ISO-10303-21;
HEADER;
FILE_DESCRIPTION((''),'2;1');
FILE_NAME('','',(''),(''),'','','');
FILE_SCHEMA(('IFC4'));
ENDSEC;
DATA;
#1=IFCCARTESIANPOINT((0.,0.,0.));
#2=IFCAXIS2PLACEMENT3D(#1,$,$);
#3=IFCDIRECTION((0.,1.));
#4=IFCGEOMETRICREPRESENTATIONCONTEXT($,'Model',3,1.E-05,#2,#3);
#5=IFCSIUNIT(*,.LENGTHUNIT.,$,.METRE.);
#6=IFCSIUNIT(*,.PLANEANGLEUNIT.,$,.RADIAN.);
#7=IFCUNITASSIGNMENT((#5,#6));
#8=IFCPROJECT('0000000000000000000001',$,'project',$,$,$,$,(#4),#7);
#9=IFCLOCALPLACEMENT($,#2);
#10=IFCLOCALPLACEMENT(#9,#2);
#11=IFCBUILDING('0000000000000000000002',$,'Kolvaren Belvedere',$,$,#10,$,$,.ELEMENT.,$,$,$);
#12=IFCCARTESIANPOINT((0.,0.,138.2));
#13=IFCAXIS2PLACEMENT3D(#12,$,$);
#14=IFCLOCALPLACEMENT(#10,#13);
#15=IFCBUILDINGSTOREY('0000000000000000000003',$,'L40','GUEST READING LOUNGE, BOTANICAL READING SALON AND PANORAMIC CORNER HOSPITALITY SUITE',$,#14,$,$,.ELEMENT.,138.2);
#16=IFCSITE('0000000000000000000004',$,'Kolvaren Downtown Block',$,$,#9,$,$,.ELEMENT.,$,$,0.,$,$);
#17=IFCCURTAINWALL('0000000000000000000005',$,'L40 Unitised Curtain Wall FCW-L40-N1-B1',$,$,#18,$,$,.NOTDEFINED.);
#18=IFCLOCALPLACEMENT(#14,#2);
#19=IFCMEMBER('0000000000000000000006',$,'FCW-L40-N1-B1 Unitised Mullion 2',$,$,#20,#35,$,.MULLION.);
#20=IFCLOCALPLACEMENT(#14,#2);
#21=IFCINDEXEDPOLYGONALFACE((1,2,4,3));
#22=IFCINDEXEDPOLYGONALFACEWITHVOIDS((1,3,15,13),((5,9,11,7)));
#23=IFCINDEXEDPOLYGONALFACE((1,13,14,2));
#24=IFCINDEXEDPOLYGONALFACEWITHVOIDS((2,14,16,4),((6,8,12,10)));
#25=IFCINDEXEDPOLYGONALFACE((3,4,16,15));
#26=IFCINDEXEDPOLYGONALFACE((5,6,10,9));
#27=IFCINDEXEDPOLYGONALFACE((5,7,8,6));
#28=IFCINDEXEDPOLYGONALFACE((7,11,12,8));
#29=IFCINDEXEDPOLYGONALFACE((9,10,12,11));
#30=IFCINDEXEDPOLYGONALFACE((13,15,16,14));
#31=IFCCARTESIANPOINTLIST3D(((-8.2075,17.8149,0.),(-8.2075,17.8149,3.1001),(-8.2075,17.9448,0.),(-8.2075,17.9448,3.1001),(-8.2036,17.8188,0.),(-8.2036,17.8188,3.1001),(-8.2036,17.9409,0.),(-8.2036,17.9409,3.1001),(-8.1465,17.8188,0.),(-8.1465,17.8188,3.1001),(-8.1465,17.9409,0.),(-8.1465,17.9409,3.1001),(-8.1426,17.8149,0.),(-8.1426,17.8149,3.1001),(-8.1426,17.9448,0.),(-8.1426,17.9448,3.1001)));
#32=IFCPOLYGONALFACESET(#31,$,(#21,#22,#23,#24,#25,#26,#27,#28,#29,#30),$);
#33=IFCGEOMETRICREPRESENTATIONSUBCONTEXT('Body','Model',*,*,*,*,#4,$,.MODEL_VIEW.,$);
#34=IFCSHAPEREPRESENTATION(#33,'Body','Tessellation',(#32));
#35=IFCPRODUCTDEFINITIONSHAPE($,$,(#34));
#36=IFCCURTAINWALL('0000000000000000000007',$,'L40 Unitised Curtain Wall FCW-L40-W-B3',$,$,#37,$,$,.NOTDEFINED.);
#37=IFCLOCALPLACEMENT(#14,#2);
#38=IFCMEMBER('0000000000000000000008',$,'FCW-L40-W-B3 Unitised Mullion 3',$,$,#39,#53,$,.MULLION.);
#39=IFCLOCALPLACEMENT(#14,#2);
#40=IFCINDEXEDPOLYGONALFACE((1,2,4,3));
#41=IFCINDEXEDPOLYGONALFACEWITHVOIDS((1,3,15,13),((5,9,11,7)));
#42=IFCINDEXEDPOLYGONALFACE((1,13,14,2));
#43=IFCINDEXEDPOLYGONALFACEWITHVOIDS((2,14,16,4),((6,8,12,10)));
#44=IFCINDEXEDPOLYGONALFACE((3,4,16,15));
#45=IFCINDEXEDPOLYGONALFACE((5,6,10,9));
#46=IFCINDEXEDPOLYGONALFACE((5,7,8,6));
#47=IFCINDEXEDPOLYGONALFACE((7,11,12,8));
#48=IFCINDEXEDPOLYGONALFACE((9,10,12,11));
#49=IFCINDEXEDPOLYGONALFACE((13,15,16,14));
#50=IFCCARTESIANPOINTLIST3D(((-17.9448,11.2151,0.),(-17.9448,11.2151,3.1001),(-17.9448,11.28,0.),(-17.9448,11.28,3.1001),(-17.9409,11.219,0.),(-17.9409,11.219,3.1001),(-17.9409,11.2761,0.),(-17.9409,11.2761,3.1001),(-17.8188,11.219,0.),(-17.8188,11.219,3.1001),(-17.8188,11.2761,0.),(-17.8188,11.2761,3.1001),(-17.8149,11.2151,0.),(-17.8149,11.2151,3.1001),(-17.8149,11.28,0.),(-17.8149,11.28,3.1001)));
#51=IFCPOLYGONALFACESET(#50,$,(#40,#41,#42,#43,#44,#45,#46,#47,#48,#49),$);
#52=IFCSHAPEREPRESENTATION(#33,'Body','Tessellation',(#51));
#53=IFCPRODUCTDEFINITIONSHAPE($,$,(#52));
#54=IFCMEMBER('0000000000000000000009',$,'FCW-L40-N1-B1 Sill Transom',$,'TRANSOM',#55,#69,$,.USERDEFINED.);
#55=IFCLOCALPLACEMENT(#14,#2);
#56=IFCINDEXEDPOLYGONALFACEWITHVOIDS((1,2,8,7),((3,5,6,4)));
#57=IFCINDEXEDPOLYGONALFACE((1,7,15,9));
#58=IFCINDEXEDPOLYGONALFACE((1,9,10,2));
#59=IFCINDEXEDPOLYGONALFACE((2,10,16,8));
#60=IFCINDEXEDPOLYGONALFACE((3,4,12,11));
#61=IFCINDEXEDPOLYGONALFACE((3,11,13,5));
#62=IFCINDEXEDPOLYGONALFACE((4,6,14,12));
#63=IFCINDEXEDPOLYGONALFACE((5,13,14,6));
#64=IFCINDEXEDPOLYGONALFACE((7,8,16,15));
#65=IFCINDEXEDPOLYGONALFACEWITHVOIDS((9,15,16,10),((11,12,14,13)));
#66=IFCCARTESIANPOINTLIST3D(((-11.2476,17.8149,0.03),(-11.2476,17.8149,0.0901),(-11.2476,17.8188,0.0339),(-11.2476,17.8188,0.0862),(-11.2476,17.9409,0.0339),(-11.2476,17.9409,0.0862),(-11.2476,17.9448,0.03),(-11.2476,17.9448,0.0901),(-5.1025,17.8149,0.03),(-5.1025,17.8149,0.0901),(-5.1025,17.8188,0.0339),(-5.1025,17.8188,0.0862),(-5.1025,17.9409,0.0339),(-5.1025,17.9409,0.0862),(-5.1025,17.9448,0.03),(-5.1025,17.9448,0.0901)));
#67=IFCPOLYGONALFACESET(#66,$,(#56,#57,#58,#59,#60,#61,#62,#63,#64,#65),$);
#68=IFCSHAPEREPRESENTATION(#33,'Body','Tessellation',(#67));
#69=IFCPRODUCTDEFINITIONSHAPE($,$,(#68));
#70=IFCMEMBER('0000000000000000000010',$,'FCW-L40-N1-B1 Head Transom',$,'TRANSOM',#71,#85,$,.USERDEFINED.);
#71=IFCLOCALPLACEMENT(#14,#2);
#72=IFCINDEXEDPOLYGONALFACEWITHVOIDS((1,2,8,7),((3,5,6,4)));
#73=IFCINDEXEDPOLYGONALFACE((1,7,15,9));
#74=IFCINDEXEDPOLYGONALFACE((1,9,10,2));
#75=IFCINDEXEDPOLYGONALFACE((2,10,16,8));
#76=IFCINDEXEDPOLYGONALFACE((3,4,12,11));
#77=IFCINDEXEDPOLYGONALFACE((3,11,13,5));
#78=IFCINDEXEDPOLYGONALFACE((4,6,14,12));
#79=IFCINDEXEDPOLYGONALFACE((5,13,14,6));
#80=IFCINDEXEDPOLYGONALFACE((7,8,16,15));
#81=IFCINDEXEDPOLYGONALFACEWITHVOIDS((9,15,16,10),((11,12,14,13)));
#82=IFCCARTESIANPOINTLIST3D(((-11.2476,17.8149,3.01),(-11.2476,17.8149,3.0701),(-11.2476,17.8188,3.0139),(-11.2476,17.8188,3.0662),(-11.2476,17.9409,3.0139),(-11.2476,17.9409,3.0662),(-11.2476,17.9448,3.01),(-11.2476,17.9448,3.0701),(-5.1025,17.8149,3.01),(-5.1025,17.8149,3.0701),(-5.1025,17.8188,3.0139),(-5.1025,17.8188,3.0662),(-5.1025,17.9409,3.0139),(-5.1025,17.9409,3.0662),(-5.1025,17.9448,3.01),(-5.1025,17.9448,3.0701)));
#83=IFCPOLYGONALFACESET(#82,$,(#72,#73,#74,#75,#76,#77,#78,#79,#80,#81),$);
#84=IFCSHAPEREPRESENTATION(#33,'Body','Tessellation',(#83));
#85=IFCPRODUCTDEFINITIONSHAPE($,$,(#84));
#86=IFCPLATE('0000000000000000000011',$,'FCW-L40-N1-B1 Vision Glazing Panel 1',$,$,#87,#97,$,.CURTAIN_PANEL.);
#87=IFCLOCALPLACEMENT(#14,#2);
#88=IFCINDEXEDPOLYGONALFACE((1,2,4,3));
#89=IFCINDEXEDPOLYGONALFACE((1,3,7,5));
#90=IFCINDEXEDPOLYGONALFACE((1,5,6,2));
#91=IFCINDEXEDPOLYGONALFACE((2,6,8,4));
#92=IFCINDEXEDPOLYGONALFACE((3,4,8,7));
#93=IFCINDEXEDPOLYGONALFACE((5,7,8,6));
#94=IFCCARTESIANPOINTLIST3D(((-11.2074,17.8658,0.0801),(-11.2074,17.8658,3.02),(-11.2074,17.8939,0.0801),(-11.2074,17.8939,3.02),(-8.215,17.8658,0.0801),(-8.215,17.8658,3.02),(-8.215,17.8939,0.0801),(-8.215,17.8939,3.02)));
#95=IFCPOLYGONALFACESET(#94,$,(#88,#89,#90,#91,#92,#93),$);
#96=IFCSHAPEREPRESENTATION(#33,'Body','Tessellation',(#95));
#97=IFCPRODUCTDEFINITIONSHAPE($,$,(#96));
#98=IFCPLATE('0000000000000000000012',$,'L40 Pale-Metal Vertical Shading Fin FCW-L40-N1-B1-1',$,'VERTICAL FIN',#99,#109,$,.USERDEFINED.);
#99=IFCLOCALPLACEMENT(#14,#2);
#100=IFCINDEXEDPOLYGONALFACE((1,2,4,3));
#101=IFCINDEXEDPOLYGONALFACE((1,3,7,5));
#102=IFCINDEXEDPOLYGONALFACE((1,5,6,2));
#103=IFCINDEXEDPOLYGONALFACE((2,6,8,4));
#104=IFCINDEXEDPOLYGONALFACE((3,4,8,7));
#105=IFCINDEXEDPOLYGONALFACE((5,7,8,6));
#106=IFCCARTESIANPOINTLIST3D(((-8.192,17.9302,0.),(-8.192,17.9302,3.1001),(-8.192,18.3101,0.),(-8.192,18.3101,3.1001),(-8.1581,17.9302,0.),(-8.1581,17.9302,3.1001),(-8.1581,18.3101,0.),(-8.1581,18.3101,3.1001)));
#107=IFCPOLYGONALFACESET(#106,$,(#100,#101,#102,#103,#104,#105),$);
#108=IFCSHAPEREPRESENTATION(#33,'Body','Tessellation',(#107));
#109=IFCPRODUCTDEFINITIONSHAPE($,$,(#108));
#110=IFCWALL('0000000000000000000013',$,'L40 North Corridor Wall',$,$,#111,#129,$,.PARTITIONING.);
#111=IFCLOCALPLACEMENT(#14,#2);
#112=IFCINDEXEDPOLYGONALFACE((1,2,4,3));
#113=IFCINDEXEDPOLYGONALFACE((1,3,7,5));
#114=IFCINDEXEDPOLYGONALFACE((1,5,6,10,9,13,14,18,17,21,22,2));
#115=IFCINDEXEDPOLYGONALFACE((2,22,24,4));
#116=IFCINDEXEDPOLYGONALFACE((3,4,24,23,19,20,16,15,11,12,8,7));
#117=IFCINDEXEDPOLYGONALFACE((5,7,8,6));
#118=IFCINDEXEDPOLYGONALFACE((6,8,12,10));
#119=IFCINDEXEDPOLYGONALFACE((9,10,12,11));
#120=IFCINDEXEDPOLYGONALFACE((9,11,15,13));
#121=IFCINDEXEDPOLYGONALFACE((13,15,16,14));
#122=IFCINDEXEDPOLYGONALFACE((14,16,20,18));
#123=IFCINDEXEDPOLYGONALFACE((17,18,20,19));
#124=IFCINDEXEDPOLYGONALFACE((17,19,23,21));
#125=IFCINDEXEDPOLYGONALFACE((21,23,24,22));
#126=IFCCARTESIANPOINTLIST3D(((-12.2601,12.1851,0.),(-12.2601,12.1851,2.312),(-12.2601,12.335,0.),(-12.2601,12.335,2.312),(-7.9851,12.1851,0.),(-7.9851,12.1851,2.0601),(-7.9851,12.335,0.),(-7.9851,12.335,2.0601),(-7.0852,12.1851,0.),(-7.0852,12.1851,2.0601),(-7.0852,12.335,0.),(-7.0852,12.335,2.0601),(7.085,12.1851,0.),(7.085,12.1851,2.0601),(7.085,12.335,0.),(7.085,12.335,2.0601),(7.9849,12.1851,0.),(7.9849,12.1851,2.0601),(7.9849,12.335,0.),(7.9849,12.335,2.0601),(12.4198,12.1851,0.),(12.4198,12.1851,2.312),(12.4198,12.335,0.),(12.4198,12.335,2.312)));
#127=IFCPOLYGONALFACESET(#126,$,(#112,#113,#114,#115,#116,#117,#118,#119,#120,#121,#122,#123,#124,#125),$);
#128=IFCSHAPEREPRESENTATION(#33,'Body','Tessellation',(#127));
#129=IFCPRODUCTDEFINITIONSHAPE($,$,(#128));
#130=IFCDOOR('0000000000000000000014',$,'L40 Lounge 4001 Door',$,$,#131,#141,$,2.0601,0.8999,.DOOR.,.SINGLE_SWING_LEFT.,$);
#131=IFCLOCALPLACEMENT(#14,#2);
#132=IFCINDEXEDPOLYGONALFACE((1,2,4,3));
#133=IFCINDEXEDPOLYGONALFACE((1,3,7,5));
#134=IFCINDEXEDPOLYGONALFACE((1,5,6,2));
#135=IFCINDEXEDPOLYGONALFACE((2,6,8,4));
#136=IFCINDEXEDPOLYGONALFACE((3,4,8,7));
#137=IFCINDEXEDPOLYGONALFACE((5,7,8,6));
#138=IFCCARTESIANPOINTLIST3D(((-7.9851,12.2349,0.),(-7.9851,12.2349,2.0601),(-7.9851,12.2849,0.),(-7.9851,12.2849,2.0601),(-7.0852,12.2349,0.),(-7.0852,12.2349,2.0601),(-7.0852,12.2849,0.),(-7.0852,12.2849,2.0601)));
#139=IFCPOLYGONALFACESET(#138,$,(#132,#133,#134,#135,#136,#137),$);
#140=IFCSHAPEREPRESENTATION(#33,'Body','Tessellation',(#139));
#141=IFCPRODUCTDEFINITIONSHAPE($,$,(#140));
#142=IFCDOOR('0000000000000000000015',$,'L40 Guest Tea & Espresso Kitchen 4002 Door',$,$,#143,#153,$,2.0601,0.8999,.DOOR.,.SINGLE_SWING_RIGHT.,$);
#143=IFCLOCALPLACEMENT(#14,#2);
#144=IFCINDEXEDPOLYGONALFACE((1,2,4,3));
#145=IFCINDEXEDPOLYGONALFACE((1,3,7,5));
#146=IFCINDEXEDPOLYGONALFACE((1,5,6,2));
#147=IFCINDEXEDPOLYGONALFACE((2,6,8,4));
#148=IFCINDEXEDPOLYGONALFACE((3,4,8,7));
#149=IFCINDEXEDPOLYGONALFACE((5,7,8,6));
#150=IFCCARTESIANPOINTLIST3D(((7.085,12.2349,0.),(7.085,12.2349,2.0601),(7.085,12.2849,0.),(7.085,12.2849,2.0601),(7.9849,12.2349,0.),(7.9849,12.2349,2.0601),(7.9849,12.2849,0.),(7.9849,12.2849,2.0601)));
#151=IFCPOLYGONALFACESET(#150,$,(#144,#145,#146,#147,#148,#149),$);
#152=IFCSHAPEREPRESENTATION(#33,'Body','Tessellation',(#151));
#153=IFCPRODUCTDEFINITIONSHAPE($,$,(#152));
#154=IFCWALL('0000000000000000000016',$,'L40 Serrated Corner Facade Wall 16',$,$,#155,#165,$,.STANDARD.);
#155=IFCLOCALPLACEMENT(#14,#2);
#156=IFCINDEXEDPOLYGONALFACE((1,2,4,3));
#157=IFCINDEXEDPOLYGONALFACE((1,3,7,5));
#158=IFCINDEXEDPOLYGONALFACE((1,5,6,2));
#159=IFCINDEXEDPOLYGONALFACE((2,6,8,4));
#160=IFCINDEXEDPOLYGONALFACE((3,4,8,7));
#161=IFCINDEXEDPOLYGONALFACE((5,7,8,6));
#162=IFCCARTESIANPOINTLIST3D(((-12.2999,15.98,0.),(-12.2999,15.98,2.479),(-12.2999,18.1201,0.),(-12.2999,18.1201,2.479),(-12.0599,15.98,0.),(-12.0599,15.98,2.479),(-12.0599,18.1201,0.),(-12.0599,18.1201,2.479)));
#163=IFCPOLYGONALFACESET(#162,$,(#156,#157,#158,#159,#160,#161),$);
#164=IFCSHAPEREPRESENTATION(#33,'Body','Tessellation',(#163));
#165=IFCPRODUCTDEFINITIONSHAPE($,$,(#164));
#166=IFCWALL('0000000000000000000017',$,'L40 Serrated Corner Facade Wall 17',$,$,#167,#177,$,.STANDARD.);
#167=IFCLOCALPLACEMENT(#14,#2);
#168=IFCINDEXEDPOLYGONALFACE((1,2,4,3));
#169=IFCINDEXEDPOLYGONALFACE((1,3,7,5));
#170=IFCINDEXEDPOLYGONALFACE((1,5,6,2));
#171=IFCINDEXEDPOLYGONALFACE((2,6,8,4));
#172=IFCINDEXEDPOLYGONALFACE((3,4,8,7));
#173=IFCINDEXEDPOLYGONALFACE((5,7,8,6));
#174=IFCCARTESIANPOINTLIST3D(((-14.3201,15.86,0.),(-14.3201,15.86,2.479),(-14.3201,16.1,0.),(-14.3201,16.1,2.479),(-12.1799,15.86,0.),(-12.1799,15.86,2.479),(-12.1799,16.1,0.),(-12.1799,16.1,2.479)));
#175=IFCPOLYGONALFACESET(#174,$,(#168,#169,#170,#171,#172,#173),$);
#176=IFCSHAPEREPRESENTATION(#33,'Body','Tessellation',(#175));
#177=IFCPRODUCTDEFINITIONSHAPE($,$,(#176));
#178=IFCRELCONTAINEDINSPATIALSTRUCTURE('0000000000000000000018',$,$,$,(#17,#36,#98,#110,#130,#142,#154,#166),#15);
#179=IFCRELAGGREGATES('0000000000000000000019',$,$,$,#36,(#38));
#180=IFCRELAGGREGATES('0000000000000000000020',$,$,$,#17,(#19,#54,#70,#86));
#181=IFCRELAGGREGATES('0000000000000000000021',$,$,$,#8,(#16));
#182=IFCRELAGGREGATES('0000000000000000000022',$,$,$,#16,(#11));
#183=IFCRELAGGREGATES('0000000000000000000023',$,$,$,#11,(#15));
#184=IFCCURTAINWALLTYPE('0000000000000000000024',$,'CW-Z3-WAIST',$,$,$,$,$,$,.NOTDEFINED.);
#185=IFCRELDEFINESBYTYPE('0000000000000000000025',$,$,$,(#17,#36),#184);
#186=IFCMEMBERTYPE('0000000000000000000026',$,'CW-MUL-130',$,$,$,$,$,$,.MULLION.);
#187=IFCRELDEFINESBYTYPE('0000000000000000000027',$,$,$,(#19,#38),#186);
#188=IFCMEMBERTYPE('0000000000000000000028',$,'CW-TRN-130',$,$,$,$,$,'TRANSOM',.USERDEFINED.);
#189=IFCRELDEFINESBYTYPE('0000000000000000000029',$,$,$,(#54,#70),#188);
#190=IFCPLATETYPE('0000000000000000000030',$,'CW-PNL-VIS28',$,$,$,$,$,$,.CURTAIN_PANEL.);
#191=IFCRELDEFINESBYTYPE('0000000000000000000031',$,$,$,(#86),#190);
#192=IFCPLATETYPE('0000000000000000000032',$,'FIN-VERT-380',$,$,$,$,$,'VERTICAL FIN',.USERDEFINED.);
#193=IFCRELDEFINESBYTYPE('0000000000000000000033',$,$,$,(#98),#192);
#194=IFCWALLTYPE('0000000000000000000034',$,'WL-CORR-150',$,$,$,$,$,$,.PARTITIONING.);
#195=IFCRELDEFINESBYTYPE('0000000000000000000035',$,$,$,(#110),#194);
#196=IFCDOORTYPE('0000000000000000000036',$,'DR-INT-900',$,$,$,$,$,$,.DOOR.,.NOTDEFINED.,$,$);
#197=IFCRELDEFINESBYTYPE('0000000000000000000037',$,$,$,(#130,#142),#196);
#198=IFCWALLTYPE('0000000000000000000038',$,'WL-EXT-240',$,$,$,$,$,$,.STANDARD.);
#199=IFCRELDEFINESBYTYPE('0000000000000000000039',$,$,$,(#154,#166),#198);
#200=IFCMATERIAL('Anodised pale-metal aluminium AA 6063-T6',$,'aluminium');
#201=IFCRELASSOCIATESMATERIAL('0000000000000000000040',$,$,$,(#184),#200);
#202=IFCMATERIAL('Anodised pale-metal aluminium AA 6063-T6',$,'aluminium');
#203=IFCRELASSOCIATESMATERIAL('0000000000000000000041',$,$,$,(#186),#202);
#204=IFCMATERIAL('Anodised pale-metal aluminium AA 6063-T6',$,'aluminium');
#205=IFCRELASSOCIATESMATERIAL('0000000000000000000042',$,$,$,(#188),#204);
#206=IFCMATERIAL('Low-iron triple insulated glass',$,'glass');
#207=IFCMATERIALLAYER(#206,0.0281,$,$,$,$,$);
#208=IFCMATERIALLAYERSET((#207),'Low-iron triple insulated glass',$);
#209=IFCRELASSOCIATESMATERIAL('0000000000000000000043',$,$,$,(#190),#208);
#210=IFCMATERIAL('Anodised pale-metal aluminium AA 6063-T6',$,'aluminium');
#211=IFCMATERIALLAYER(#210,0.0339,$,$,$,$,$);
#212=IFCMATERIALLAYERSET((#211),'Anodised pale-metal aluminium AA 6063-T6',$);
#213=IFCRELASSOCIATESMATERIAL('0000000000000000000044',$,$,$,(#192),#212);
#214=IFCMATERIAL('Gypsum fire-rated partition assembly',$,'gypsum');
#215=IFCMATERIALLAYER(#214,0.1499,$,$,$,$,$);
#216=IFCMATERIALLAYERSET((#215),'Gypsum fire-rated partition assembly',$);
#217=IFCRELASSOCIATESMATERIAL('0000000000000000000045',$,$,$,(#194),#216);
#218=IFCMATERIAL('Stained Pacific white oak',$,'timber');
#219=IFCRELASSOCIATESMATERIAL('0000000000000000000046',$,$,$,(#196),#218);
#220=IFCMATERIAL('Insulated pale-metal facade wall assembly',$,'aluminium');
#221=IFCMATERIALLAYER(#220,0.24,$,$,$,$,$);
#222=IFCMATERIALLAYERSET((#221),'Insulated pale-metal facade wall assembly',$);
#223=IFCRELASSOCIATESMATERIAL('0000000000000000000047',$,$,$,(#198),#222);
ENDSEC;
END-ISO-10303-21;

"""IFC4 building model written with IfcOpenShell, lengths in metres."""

from ifc_helpers import new_model, si_unit, direction, frame, frame_2d, origin, origin_2d, place, context, subcontext, project, spatial, rectangle, hollow_rectangle, extrude, material, layer, layer_set, material_profile, profile_set, type_object, element, fill, aggregate, save


model = new_model("IFC4")

# Units and contexts
model_context = context("Model", 3, precision=1e-05, world=origin(), true_north=direction((0.0, 1.0)))
body_context = subcontext(model_context, "Body", "Model", "MODEL_VIEW")
ifc_project = project(units=[si_unit("LENGTHUNIT", "METRE"), si_unit("PLANEANGLEUNIT", "RADIAN")], contexts=[model_context])

# Site, building, storey
site_placement = place(None, origin())
site = spatial("IfcSite", under=ifc_project, at=site_placement, Name="Kolvaren Downtown Block", CompositionType="ELEMENT", RefElevation=0.0)
building_placement = place(site_placement, origin())
building = spatial("IfcBuilding", under=site, at=building_placement, Name="Kolvaren Belvedere", CompositionType="ELEMENT")
storey_placement = place(building_placement, frame((0.0, 0.0, 138.2)))
storey = spatial("IfcBuildingStorey", under=building, at=storey_placement, Name="L40", Description="GUEST READING LOUNGE, BOTANICAL READING SALON AND PANORAMIC CORNER HOSPITALITY SUITE", CompositionType="ELEMENT", Elevation=138.2)

# Curtain wall, member
ifc_material_1 = material(Name="Anodised pale-metal aluminium AA 6063-T6", Category="aluminium")
curtain_wall_type = type_object("IfcCurtainWallType", Name="CW-Z3-WAIST", PredefinedType="NOTDEFINED", material=ifc_material_1)
curtain_wall_1_placement = place(storey_placement, origin())
curtain_wall_1 = element("IfcCurtainWall", 1, at=curtain_wall_1_placement, inside=storey, type_object=curtain_wall_type, Name="L40 Unitised Curtain Wall FCW-L40-N1-B1", PredefinedType="NOTDEFINED")
ifc_material_2 = material(Name="Anodised pale-metal aluminium AA 6063-T6", Category="aluminium")
ifc_material_profile_1 = material_profile(ifc_material_2, hollow_rectangle(XDim=0.0649, YDim=0.1299, WallThickness=0.0039, at=origin_2d()), Name="ALU-MUL-130X65")
ifc_profile_set_1 = profile_set([ifc_material_profile_1], Name="Anodised pale-metal aluminium AA 6063-T6")
member_type_1 = type_object("IfcMemberType", Name="CW-MUL-130", PredefinedType="MULLION", material=ifc_profile_set_1)
member_1_placement = place(storey_placement, frame((-8.175, 17.8799, 0.0), z_axis=(0.0, 0.0, 1.0), x_axis=(1.0, 0.0, 0.0)))
member_1 = element("IfcMember", 2, at=member_1_placement, type_object=member_type_1, Name="FCW-L40-N1-B1 Unitised Mullion 2", PredefinedType="MULLION", context=body_context, shape_type="SweptSolid", body=[
    extrude(hollow_rectangle(XDim=0.0649, YDim=0.1299, WallThickness=0.0039, at=origin_2d()), origin(), (0.0, 0.0, 1.0), 3.1001),
])

# Curtain wall, member
curtain_wall_2_placement = place(storey_placement, origin())
curtain_wall_2 = element("IfcCurtainWall", 3, at=curtain_wall_2_placement, inside=storey, type_object=curtain_wall_type, Name="L40 Unitised Curtain Wall FCW-L40-W-B3", PredefinedType="NOTDEFINED")
member_2_placement = place(storey_placement, frame((-17.8799, 11.2476, 0.0), z_axis=(0.0, 0.0, 1.0), x_axis=(0.0, 1.0, 0.0)))
member_2 = element("IfcMember", 4, at=member_2_placement, type_object=member_type_1, Name="FCW-L40-W-B3 Unitised Mullion 3", PredefinedType="MULLION", context=body_context, shape_type="SweptSolid", body=[
    extrude(hollow_rectangle(XDim=0.0649, YDim=0.1299, WallThickness=0.0039, at=origin_2d()), origin(), (0.0, 0.0, 1.0), 3.1001),
])
aggregate(curtain_wall_2, [member_2])

# Members
ifc_material_3 = material(Name="Anodised pale-metal aluminium AA 6063-T6", Category="aluminium")
ifc_material_profile_2 = material_profile(ifc_material_3, hollow_rectangle(XDim=0.0601, YDim=0.1299, WallThickness=0.0039, at=origin_2d()), Name="ALU-TRN-130X60")
ifc_profile_set_2 = profile_set([ifc_material_profile_2], Name="Anodised pale-metal aluminium AA 6063-T6")
member_type_2 = type_object("IfcMemberType", Name="CW-TRN-130", ElementType="TRANSOM", PredefinedType="USERDEFINED", material=ifc_profile_set_2)
member_3_placement = place(storey_placement, frame((-11.2476, 17.8799, 0.0601), z_axis=(1.0, 0.0, 0.0), x_axis=(0.0, 0.0, 1.0)))
member_3 = element("IfcMember", 5, at=member_3_placement, type_object=member_type_2, Name="FCW-L40-N1-B1 Sill Transom", ObjectType="TRANSOM", PredefinedType="USERDEFINED", context=body_context, shape_type="SweptSolid", body=[
    extrude(hollow_rectangle(XDim=0.0601, YDim=0.1299, WallThickness=0.0039, at=origin_2d()), origin(), (0.0, 0.0, 1.0), 6.145),
])
member_4_placement = place(storey_placement, frame((-11.2476, 17.8799, 3.04), z_axis=(1.0, 0.0, 0.0), x_axis=(0.0, 0.0, 1.0)))
member_4 = element("IfcMember", 6, at=member_4_placement, type_object=member_type_2, Name="FCW-L40-N1-B1 Head Transom", ObjectType="TRANSOM", PredefinedType="USERDEFINED", context=body_context, shape_type="SweptSolid", body=[
    extrude(hollow_rectangle(XDim=0.0601, YDim=0.1299, WallThickness=0.0039, at=origin_2d()), origin(), (0.0, 0.0, 1.0), 6.145),
])

# Plates
ifc_material_4 = material(Name="Low-iron triple insulated glass", Category="glass")
ifc_layer_1 = layer(ifc_material_4, 0.0281)
ifc_layer_set_1 = layer_set([ifc_layer_1], Name="Low-iron triple insulated glass")
plate_type_1 = type_object("IfcPlateType", Name="CW-PNL-VIS28", PredefinedType="CURTAIN_PANEL", material=ifc_layer_set_1)
plate_1_placement = place(storey_placement, frame((-9.7112, 17.8799, 0.0801), z_axis=(0.0, 0.0, 1.0), x_axis=(1.0, 0.0, 0.0)))
plate_1 = element("IfcPlate", 7, at=plate_1_placement, type_object=plate_type_1, Name="FCW-L40-N1-B1 Vision Glazing Panel 1", PredefinedType="CURTAIN_PANEL", context=body_context, shape_type="SweptSolid", body=[
    extrude(rectangle(XDim=2.9924, YDim=0.0281, at=origin_2d()), origin(), (0.0, 0.0, 1.0), 2.9399),
])
aggregate(curtain_wall_1, [member_1, member_3, member_4, plate_1])
ifc_material_5 = material(Name="Anodised pale-metal aluminium AA 6063-T6", Category="aluminium")
ifc_layer_2 = layer(ifc_material_5, 0.0339)
ifc_layer_set_2 = layer_set([ifc_layer_2], Name="Anodised pale-metal aluminium AA 6063-T6")
plate_type_2 = type_object("IfcPlateType", Name="FIN-VERT-380", ElementType="VERTICAL FIN", PredefinedType="USERDEFINED", material=ifc_layer_set_2)
plate_2_placement = place(storey_placement, frame((-8.175, 18.1201, 0.0), z_axis=(0.0, 0.0, 1.0), x_axis=(0.0, 1.0, 0.0)))
element("IfcPlate", 8, at=plate_2_placement, inside=storey, type_object=plate_type_2, Name="L40 Pale-Metal Vertical Shading Fin FCW-L40-N1-B1-1", ObjectType="VERTICAL FIN", PredefinedType="USERDEFINED", context=body_context, shape_type="SweptSolid", body=[
    extrude(rectangle(XDim=0.3799, YDim=0.0339, at=origin_2d()), origin(), (0.0, 0.0, 1.0), 3.1001),
])

# Wall, openings, doors
ifc_material_6 = material(Name="Gypsum fire-rated partition assembly", Category="gypsum")
ifc_layer_3 = layer(ifc_material_6, 0.1499)
ifc_layer_set_3 = layer_set([ifc_layer_3], Name="Gypsum fire-rated partition assembly")
wall_type_1 = type_object("IfcWallType", Name="WL-CORR-150", PredefinedType="PARTITIONING", material=ifc_layer_set_3)
wall_1_placement = place(storey_placement, frame((-12.26, 12.26, 0.0), z_axis=(0.0, 0.0, 1.0), x_axis=(1.0, 0.0, 0.0)))
wall_1 = element("IfcWall", 9, at=wall_1_placement, inside=storey, type_object=wall_type_1, Name="L40 North Corridor Wall", PredefinedType="PARTITIONING", context=body_context, shape_type="SweptSolid", body=[
    extrude(rectangle(XDim=24.6799, YDim=0.1499, at=frame_2d((12.3398, 0.0))), origin(), (0.0, 0.0, 1.0), 2.312),
])
opening_1_placement = place(wall_1_placement, frame((4.2749, 0.0, 0.0)))
opening_1 = element("IfcOpeningElement", 10, at=opening_1_placement, cuts=wall_1, PredefinedType="OPENING", context=body_context, shape_type="SweptSolid", body=[
    extrude(rectangle(XDim=0.8999, YDim=2.0601, at=frame_2d((0.45, 1.03))), frame((0.0, 0.085, 0.0), z_axis=(0.0, -1.0, 0.0), x_axis=(1.0, 0.0, 0.0)), (0.0, 0.0, 1.0), 0.1699),
])
opening_2_placement = place(wall_1_placement, frame((19.345, 0.0, 0.0)))
opening_2 = element("IfcOpeningElement", 11, at=opening_2_placement, cuts=wall_1, PredefinedType="OPENING", context=body_context, shape_type="SweptSolid", body=[
    extrude(rectangle(XDim=0.8999, YDim=2.0601, at=frame_2d((0.45, 1.03))), frame((0.0, 0.085, 0.0), z_axis=(0.0, -1.0, 0.0), x_axis=(1.0, 0.0, 0.0)), (0.0, 0.0, 1.0), 0.1699),
])
ifc_material_7 = material(Name="Stained Pacific white oak", Category="timber")
door_type = type_object("IfcDoorType", Name="DR-INT-900", OperationType="NOTDEFINED", PredefinedType="DOOR", material=ifc_material_7)
door_1_placement = place(opening_1_placement, origin())
door_1 = element("IfcDoor", 12, at=door_1_placement, inside=storey, type_object=door_type, Name="L40 Lounge 4001 Door", OperationType="SINGLE_SWING_LEFT", OverallHeight=2.0601, OverallWidth=0.8999, PredefinedType="DOOR", context=body_context, shape_type="SweptSolid", body=[
    extrude(rectangle(XDim=0.8999, YDim=2.0601, at=frame_2d((0.45, 1.03))), frame((0.0, 0.0249, 0.0), z_axis=(0.0, -1.0, 0.0), x_axis=(1.0, 0.0, 0.0)), (0.0, 0.0, 1.0), 0.05),
])
fill(opening_1, door_1)
door_2_placement = place(opening_2_placement, origin())
door_2 = element("IfcDoor", 13, at=door_2_placement, inside=storey, type_object=door_type, Name="L40 Guest Tea & Espresso Kitchen 4002 Door", OperationType="SINGLE_SWING_RIGHT", OverallHeight=2.0601, OverallWidth=0.8999, PredefinedType="DOOR", context=body_context, shape_type="SweptSolid", body=[
    extrude(rectangle(XDim=0.8999, YDim=2.0601, at=frame_2d((0.45, 1.03))), frame((0.0, 0.0249, 0.0), z_axis=(0.0, -1.0, 0.0), x_axis=(1.0, 0.0, 0.0)), (0.0, 0.0, 1.0), 0.05),
])
fill(opening_2, door_2)

# Walls
ifc_material_8 = material(Name="Insulated pale-metal facade wall assembly", Category="aluminium")
ifc_layer_4 = layer(ifc_material_8, 0.24)
ifc_layer_set_4 = layer_set([ifc_layer_4], Name="Insulated pale-metal facade wall assembly")
wall_type_2 = type_object("IfcWallType", Name="WL-EXT-240", PredefinedType="STANDARD", material=ifc_layer_set_4)
for number, where, z_axis, x_axis, name in (
    (14, (-12.1799, 15.98, 0.0), (0.0, 0.0, 1.0), (0.0, 1.0, 0.0), "L40 Serrated Corner Facade Wall 16"),
    (15, (-14.3201, 15.98, 0.0), (0.0, 0.0, 1.0), (1.0, 0.0, 0.0), "L40 Serrated Corner Facade Wall 17"),
):
    element("IfcWall", number, at=place(storey_placement, frame(where, z_axis=z_axis, x_axis=x_axis)), inside=storey, type_object=wall_type_2, Name=name, PredefinedType="STANDARD", context=body_context, shape_type="SweptSolid", body=[
        extrude(rectangle(XDim=2.1401, YDim=0.24, at=frame_2d((1.0701, 0.0))), origin(), (0.0, 0.0, 1.0), 2.479),
    ])

save(model, "model.ifc")
